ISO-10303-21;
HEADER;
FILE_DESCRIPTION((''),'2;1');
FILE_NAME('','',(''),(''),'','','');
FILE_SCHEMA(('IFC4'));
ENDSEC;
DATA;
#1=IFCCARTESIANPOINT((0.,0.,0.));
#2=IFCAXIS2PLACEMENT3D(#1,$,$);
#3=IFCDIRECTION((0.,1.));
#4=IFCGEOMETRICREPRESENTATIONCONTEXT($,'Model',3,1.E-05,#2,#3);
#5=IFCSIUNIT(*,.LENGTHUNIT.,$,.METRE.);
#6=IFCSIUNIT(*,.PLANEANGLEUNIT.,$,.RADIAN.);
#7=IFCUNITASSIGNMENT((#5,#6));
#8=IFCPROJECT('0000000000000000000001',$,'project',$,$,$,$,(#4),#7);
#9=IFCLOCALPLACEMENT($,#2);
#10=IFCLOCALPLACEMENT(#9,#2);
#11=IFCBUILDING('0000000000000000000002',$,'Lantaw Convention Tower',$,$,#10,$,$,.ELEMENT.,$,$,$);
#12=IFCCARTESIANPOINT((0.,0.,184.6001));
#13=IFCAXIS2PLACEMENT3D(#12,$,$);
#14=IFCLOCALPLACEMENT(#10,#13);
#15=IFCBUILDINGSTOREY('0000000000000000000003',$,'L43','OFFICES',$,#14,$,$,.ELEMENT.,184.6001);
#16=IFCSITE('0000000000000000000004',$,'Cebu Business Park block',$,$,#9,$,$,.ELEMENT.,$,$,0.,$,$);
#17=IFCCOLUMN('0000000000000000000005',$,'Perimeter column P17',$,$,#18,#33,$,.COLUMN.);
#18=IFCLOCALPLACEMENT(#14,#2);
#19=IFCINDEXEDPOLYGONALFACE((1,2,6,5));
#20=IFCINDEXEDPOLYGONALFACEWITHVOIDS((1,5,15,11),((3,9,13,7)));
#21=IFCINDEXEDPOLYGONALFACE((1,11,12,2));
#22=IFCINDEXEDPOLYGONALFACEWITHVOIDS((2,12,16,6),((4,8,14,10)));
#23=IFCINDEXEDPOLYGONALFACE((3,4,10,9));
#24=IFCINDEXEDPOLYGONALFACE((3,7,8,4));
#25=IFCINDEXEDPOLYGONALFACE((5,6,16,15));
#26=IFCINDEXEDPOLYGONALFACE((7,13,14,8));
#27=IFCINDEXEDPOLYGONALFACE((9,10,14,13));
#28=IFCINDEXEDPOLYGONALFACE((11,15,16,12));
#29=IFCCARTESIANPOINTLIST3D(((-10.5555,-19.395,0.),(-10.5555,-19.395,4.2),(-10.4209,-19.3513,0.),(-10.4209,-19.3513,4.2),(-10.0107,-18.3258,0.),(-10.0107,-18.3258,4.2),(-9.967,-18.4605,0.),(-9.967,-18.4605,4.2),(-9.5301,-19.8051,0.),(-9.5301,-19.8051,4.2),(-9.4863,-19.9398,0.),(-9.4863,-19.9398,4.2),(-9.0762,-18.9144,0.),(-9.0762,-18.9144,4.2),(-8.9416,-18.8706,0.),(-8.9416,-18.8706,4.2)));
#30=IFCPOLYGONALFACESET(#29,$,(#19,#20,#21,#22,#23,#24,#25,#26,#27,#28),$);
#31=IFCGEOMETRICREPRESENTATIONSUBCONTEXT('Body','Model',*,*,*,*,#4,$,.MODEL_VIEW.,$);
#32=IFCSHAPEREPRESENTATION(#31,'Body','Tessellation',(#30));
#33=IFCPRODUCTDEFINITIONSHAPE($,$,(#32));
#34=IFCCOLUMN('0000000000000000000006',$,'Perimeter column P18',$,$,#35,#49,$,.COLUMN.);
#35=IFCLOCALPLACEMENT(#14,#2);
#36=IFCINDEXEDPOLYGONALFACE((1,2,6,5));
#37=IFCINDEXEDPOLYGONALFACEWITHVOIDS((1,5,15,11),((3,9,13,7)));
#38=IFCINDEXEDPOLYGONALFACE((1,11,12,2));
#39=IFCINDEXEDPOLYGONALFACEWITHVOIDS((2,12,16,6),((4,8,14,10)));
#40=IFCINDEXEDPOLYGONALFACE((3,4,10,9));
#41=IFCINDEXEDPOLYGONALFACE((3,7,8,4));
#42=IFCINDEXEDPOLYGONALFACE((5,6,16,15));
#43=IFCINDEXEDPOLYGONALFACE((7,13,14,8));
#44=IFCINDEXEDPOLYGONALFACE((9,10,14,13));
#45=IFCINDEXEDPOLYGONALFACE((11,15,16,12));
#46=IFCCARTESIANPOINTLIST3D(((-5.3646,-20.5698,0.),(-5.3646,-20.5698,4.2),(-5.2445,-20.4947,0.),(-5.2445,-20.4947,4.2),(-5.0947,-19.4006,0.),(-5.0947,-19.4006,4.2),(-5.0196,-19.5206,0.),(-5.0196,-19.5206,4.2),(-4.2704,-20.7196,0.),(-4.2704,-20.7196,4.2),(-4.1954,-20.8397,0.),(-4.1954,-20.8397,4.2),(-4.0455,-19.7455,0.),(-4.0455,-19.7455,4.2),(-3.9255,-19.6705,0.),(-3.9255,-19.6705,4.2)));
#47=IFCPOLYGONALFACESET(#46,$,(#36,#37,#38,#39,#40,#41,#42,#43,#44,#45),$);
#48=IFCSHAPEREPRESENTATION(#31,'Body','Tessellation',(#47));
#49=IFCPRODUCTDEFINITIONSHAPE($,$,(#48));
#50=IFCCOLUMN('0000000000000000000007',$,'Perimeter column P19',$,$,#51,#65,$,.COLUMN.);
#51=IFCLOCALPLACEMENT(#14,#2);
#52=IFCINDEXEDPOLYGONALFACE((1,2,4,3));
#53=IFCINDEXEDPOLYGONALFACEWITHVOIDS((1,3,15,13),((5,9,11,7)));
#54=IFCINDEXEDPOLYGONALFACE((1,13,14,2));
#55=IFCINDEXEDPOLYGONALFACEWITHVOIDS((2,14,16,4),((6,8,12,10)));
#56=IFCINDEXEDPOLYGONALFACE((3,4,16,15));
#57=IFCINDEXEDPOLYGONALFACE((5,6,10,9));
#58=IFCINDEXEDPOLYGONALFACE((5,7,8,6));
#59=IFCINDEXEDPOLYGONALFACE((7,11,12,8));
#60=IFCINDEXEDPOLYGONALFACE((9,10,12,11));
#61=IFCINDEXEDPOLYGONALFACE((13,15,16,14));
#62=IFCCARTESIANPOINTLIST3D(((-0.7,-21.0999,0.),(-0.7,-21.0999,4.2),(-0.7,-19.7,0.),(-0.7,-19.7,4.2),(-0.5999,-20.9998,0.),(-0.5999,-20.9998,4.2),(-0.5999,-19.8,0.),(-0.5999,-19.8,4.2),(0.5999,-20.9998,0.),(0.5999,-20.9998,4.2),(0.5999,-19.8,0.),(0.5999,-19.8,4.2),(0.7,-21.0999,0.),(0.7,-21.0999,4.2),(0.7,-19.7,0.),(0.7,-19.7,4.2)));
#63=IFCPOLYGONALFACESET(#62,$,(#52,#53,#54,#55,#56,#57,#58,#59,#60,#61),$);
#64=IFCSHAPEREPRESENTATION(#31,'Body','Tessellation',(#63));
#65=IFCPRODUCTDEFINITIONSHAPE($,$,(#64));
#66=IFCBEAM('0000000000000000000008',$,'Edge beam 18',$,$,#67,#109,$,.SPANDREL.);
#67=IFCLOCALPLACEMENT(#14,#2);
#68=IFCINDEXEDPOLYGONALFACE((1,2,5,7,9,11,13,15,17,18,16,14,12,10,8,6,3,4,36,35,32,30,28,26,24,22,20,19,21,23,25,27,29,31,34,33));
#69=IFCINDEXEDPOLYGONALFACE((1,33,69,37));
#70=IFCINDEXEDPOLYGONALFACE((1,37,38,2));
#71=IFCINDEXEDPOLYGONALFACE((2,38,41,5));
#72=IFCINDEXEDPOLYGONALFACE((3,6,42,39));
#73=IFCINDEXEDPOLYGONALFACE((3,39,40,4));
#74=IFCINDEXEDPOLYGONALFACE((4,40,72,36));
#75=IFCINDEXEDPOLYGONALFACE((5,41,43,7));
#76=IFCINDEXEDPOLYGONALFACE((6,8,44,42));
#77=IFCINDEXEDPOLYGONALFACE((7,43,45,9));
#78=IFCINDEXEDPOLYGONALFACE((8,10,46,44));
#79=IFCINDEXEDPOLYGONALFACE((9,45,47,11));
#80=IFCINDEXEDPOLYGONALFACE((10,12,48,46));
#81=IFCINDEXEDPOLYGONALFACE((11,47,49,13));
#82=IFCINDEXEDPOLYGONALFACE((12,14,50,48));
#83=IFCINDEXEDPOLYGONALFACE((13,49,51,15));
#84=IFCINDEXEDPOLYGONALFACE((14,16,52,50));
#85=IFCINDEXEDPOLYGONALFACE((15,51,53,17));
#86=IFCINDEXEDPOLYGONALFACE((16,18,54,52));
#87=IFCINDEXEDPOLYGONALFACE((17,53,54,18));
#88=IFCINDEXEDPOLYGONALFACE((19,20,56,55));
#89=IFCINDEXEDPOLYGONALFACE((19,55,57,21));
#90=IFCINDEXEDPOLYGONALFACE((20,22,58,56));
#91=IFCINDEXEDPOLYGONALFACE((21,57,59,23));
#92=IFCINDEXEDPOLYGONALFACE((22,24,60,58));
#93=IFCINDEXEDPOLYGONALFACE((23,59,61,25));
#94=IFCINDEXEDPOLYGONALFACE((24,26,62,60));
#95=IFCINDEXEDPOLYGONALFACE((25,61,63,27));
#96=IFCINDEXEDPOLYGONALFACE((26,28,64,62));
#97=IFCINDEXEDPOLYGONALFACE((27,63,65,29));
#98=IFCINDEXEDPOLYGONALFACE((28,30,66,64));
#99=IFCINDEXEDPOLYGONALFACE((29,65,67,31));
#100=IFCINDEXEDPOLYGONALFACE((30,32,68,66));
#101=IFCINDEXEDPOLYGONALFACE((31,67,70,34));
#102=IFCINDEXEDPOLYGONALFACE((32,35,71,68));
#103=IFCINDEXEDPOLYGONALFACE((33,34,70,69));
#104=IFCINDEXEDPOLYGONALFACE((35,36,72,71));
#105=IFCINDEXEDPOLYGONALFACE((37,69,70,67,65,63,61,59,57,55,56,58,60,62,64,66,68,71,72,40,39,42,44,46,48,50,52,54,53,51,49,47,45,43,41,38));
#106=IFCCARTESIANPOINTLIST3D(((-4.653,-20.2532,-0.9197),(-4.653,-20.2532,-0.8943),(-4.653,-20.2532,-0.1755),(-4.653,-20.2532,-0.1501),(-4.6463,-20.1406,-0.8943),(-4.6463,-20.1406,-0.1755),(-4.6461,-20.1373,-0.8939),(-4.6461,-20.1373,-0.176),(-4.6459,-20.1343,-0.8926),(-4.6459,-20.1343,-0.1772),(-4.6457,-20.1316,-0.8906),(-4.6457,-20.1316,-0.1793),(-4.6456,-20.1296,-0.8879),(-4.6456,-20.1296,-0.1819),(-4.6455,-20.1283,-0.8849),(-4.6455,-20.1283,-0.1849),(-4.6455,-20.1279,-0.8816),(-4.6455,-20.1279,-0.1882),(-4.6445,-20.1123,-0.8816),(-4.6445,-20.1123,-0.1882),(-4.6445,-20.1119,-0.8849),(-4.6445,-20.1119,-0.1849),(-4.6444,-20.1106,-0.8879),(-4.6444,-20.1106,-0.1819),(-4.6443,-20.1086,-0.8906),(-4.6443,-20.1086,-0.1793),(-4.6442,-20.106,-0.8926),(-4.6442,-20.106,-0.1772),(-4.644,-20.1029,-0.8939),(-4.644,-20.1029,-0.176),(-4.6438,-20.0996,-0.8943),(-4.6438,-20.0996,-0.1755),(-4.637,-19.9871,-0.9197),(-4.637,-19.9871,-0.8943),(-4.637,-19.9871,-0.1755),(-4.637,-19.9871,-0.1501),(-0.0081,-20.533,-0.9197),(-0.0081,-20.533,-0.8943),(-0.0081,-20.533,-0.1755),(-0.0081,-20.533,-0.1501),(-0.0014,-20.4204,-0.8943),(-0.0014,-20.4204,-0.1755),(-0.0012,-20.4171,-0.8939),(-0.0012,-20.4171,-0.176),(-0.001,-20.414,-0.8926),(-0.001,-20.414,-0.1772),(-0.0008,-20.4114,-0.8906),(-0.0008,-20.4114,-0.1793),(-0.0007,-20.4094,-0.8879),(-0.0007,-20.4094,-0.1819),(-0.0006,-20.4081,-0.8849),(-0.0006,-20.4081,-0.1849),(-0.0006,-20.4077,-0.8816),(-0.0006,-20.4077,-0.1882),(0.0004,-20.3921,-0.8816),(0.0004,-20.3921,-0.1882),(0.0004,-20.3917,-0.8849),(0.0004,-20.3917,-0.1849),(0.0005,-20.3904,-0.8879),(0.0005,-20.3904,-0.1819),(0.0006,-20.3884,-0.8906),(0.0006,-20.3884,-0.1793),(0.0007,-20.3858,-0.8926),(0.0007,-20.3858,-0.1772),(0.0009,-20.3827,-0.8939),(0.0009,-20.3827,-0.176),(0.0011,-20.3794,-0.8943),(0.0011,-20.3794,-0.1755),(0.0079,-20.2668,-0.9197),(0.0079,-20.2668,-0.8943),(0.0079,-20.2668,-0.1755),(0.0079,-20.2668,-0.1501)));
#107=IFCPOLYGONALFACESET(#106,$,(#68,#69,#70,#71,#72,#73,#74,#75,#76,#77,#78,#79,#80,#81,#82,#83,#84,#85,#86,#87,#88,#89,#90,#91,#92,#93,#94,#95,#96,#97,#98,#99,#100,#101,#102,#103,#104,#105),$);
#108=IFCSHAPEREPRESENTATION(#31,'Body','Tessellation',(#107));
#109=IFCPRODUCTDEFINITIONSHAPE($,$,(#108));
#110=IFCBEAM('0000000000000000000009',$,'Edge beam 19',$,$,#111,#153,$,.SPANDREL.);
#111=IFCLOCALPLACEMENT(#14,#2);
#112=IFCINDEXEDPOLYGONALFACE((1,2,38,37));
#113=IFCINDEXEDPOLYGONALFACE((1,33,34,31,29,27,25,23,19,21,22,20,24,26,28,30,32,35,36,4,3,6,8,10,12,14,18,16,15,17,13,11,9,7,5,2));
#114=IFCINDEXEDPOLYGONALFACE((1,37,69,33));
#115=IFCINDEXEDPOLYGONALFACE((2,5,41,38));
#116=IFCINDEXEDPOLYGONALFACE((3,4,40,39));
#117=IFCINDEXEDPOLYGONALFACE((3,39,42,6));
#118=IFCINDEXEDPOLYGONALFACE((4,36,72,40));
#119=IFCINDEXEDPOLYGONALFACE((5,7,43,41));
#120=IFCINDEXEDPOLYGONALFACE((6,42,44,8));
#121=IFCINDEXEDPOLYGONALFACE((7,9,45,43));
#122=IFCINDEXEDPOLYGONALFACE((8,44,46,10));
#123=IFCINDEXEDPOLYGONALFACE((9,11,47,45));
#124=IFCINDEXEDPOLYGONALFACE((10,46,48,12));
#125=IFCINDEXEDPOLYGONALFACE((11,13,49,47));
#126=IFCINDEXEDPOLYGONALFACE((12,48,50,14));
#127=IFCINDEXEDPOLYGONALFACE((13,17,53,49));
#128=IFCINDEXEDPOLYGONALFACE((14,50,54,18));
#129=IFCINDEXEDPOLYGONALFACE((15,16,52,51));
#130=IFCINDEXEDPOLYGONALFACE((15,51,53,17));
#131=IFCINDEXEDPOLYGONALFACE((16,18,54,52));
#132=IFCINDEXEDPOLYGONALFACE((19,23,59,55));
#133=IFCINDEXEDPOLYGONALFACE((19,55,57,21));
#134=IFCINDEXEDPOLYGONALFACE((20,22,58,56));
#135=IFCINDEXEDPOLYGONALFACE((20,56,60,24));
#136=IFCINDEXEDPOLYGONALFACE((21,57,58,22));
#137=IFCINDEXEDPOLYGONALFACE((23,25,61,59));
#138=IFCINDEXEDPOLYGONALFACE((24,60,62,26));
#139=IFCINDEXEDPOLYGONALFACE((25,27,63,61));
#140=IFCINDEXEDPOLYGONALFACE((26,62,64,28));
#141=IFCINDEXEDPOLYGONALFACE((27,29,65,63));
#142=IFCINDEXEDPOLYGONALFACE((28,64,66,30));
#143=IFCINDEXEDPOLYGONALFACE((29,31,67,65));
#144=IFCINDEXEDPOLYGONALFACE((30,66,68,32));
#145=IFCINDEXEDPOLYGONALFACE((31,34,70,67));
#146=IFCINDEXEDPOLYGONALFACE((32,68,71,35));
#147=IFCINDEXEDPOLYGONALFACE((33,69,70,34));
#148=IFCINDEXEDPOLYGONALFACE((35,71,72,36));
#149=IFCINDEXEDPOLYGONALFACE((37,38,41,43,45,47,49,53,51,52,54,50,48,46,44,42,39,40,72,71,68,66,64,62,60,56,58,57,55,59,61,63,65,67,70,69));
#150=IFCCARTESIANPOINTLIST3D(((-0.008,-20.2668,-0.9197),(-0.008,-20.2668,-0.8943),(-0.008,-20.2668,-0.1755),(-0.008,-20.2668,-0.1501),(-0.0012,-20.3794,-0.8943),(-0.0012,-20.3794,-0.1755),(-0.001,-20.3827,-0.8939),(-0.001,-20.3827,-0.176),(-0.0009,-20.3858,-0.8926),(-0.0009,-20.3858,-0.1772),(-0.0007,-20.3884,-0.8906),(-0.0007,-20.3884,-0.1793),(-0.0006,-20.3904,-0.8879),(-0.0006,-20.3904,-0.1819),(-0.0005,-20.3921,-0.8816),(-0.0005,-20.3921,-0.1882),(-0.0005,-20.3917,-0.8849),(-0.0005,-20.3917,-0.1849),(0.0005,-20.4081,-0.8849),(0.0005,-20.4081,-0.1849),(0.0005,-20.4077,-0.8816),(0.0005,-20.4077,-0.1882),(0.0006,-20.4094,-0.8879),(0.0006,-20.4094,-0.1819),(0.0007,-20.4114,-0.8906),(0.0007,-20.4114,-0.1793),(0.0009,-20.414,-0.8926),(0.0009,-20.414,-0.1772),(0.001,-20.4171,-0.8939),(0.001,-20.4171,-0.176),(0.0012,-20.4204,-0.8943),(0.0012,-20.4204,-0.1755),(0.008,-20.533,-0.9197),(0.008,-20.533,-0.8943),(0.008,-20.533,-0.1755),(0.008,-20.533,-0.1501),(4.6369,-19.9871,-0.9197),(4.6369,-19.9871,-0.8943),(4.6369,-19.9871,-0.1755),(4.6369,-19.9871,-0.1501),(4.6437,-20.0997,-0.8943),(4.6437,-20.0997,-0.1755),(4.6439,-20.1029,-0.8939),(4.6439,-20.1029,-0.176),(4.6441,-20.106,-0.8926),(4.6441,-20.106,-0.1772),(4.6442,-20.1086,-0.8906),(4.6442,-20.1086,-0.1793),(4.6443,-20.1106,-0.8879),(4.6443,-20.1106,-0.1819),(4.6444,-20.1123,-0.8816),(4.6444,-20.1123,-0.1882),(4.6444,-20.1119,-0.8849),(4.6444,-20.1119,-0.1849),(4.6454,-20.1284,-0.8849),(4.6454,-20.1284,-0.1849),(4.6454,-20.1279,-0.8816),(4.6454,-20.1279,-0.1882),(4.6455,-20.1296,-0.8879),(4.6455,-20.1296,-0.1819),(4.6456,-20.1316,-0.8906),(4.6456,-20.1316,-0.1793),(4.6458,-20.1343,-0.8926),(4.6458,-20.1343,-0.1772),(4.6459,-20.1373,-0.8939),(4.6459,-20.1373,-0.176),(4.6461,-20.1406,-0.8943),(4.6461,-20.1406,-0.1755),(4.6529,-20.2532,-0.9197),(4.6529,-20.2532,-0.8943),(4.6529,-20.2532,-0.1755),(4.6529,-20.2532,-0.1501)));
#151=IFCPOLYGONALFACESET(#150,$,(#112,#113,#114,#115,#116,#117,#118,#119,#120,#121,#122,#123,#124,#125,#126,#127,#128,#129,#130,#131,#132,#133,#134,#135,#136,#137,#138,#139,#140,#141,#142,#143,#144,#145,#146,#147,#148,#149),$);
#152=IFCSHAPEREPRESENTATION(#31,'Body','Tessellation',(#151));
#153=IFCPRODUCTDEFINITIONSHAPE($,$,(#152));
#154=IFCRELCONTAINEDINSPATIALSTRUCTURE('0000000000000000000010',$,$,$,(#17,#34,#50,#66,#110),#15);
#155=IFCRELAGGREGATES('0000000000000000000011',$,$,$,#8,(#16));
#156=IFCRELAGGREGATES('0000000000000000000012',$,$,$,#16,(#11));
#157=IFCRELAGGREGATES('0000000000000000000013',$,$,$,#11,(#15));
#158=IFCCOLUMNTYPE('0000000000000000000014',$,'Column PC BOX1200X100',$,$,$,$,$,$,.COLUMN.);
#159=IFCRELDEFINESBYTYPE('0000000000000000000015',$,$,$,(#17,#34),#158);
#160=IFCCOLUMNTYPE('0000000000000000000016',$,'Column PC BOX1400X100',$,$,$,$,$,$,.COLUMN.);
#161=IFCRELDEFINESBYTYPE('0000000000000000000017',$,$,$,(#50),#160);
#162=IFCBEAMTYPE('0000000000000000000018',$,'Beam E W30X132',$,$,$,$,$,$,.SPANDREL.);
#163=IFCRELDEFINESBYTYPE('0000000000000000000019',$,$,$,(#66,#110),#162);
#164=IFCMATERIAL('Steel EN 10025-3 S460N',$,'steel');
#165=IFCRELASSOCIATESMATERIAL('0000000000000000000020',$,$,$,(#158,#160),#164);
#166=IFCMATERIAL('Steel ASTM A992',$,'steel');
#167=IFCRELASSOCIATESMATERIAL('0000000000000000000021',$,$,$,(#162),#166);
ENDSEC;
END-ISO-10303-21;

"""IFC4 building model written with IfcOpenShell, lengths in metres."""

from ifc_helpers import new_model, si_unit, direction, frame, origin, origin_2d, place, context, subcontext, project, spatial, rectangle, hollow_rectangle, i_section, extrude, material, material_profile, profile_set, type_object, element, save


model = new_model("IFC4")

# Units and contexts
model_context = context("Model", 3, precision=1e-05, world=origin(), true_north=direction((0.0, 1.0)))
body_context = subcontext(model_context, "Body", "Model", "MODEL_VIEW")
ifc_project = project(units=[si_unit("LENGTHUNIT", "METRE"), si_unit("PLANEANGLEUNIT", "RADIAN")], contexts=[model_context])

# Site, building, storey
site_placement = place(None, origin())
site = spatial("IfcSite", under=ifc_project, at=site_placement, Name="Cebu Business Park block", CompositionType="ELEMENT", RefElevation=0.0)
building_placement = place(site_placement, origin())
building = spatial("IfcBuilding", under=site, at=building_placement, Name="Lantaw Convention Tower", CompositionType="ELEMENT")
storey_placement = place(building_placement, frame((0.0, 0.0, 184.6001)))
storey = spatial("IfcBuildingStorey", under=building, at=storey_placement, Name="L43", Description="OFFICES", CompositionType="ELEMENT", Elevation=184.6001)

# Columns
ifc_material_1 = material(Name="Steel EN 10025-3 S460N", Category="steel")
ifc_material_profile_1 = material_profile(ifc_material_1, hollow_rectangle(XDim=1.2, YDim=1.2, WallThickness=0.1001, at=origin_2d()), Name="BOX1200X100")
ifc_material_2 = material(Name="Concrete C60/75", Category="concrete")
ifc_material_profile_2 = material_profile(ifc_material_2, rectangle(XDim=1.0, YDim=1.0, at=origin_2d()), Name="Concrete fill of BOX1200X100")
ifc_profile_set_1 = profile_set([ifc_material_profile_1, ifc_material_profile_2], Name="Steel EN 10025-3 S460N")
column_type_1 = type_object("IfcColumnType", Name="Column PC BOX1200X100", PredefinedType="COLUMN", material=ifc_profile_set_1)
for number, where, z_axis, x_axis, name in (
    (1, (-9.7485, -19.1328, 0.0), (0.0, 0.0, 1.0), (0.45399, 0.891007, 0.0), "Perimeter column P17"),
    (2, (-4.645, -20.1201, 0.0), (0.0, 0.0, 1.0), (0.224951, 0.97437, 0.0), "Perimeter column P18"),
):
    element("IfcColumn", number, at=place(storey_placement, frame(where, z_axis=z_axis, x_axis=x_axis)), inside=storey, type_object=column_type_1, Name=name, PredefinedType="COLUMN", context=body_context, shape_type="SweptSolid", body=[
        extrude(hollow_rectangle(XDim=1.2, YDim=1.2, WallThickness=0.1001, at=origin_2d()), origin(), (0.0, 0.0, 1.0), 4.2),
    ])
ifc_material_profile_3 = material_profile(ifc_material_1, hollow_rectangle(XDim=1.3999, YDim=1.3999, WallThickness=0.1001, at=origin_2d()), Name="BOX1400X100")
ifc_material_profile_4 = material_profile(ifc_material_2, rectangle(XDim=1.2, YDim=1.2, at=origin_2d()), Name="Concrete fill of BOX1400X100")
ifc_profile_set_2 = profile_set([ifc_material_profile_3, ifc_material_profile_4], Name="Steel EN 10025-3 S460N")
column_type_2 = type_object("IfcColumnType", Name="Column PC BOX1400X100", PredefinedType="COLUMN", material=ifc_profile_set_2)
column_placement = place(storey_placement, frame((0.0, -20.3999, 0.0), z_axis=(0.0, 0.0, 1.0), x_axis=(1.0, 0.0, 0.0)))
element("IfcColumn", 3, at=column_placement, inside=storey, type_object=column_type_2, Name="Perimeter column P19", PredefinedType="COLUMN", context=body_context, shape_type="SweptSolid", body=[
    extrude(hollow_rectangle(XDim=1.3999, YDim=1.3999, WallThickness=0.1001, at=origin_2d()), origin(), (0.0, 0.0, 1.0), 4.2),
])

# Beams
ifc_material_3 = material(Name="Steel ASTM A992", Category="steel")
ifc_material_profile_5 = material_profile(ifc_material_3, i_section(OverallWidth=0.2666, OverallDepth=0.7695, WebThickness=0.0156, FlangeThickness=0.0254, FilletRadius=0.0127, at=origin_2d()), Name="W30X132")
ifc_profile_set_3 = profile_set([ifc_material_profile_5], Name="Steel ASTM A992")
beam_type_1 = type_object("IfcBeamType", Name="Beam E W30X132", PredefinedType="SPANDREL", material=ifc_profile_set_3)
for number, where, z_axis, x_axis, name in (
    (4, (-4.645, -20.1201, -0.5349), (0.998191, -0.060124, 0.0), (0.060124, 0.998191, 0.0), "Edge beam 18"),
    (5, (0.0, -20.3999, -0.5349), (0.998191, 0.060124, 0.0), (-0.060124, 0.998191, 0.0), "Edge beam 19"),
):
    element("IfcBeam", number, at=place(storey_placement, frame(where, z_axis=z_axis, x_axis=x_axis)), inside=storey, type_object=beam_type_1, Name=name, PredefinedType="SPANDREL", context=body_context, shape_type="SweptSolid", body=[
        extrude(i_section(OverallWidth=0.2666, OverallDepth=0.7695, WebThickness=0.0156, FlangeThickness=0.0254, FilletRadius=0.0127, at=origin_2d()), origin(), (0.0, 0.0, 1.0), 4.6533),
    ])

save(model, "model.ifc")
